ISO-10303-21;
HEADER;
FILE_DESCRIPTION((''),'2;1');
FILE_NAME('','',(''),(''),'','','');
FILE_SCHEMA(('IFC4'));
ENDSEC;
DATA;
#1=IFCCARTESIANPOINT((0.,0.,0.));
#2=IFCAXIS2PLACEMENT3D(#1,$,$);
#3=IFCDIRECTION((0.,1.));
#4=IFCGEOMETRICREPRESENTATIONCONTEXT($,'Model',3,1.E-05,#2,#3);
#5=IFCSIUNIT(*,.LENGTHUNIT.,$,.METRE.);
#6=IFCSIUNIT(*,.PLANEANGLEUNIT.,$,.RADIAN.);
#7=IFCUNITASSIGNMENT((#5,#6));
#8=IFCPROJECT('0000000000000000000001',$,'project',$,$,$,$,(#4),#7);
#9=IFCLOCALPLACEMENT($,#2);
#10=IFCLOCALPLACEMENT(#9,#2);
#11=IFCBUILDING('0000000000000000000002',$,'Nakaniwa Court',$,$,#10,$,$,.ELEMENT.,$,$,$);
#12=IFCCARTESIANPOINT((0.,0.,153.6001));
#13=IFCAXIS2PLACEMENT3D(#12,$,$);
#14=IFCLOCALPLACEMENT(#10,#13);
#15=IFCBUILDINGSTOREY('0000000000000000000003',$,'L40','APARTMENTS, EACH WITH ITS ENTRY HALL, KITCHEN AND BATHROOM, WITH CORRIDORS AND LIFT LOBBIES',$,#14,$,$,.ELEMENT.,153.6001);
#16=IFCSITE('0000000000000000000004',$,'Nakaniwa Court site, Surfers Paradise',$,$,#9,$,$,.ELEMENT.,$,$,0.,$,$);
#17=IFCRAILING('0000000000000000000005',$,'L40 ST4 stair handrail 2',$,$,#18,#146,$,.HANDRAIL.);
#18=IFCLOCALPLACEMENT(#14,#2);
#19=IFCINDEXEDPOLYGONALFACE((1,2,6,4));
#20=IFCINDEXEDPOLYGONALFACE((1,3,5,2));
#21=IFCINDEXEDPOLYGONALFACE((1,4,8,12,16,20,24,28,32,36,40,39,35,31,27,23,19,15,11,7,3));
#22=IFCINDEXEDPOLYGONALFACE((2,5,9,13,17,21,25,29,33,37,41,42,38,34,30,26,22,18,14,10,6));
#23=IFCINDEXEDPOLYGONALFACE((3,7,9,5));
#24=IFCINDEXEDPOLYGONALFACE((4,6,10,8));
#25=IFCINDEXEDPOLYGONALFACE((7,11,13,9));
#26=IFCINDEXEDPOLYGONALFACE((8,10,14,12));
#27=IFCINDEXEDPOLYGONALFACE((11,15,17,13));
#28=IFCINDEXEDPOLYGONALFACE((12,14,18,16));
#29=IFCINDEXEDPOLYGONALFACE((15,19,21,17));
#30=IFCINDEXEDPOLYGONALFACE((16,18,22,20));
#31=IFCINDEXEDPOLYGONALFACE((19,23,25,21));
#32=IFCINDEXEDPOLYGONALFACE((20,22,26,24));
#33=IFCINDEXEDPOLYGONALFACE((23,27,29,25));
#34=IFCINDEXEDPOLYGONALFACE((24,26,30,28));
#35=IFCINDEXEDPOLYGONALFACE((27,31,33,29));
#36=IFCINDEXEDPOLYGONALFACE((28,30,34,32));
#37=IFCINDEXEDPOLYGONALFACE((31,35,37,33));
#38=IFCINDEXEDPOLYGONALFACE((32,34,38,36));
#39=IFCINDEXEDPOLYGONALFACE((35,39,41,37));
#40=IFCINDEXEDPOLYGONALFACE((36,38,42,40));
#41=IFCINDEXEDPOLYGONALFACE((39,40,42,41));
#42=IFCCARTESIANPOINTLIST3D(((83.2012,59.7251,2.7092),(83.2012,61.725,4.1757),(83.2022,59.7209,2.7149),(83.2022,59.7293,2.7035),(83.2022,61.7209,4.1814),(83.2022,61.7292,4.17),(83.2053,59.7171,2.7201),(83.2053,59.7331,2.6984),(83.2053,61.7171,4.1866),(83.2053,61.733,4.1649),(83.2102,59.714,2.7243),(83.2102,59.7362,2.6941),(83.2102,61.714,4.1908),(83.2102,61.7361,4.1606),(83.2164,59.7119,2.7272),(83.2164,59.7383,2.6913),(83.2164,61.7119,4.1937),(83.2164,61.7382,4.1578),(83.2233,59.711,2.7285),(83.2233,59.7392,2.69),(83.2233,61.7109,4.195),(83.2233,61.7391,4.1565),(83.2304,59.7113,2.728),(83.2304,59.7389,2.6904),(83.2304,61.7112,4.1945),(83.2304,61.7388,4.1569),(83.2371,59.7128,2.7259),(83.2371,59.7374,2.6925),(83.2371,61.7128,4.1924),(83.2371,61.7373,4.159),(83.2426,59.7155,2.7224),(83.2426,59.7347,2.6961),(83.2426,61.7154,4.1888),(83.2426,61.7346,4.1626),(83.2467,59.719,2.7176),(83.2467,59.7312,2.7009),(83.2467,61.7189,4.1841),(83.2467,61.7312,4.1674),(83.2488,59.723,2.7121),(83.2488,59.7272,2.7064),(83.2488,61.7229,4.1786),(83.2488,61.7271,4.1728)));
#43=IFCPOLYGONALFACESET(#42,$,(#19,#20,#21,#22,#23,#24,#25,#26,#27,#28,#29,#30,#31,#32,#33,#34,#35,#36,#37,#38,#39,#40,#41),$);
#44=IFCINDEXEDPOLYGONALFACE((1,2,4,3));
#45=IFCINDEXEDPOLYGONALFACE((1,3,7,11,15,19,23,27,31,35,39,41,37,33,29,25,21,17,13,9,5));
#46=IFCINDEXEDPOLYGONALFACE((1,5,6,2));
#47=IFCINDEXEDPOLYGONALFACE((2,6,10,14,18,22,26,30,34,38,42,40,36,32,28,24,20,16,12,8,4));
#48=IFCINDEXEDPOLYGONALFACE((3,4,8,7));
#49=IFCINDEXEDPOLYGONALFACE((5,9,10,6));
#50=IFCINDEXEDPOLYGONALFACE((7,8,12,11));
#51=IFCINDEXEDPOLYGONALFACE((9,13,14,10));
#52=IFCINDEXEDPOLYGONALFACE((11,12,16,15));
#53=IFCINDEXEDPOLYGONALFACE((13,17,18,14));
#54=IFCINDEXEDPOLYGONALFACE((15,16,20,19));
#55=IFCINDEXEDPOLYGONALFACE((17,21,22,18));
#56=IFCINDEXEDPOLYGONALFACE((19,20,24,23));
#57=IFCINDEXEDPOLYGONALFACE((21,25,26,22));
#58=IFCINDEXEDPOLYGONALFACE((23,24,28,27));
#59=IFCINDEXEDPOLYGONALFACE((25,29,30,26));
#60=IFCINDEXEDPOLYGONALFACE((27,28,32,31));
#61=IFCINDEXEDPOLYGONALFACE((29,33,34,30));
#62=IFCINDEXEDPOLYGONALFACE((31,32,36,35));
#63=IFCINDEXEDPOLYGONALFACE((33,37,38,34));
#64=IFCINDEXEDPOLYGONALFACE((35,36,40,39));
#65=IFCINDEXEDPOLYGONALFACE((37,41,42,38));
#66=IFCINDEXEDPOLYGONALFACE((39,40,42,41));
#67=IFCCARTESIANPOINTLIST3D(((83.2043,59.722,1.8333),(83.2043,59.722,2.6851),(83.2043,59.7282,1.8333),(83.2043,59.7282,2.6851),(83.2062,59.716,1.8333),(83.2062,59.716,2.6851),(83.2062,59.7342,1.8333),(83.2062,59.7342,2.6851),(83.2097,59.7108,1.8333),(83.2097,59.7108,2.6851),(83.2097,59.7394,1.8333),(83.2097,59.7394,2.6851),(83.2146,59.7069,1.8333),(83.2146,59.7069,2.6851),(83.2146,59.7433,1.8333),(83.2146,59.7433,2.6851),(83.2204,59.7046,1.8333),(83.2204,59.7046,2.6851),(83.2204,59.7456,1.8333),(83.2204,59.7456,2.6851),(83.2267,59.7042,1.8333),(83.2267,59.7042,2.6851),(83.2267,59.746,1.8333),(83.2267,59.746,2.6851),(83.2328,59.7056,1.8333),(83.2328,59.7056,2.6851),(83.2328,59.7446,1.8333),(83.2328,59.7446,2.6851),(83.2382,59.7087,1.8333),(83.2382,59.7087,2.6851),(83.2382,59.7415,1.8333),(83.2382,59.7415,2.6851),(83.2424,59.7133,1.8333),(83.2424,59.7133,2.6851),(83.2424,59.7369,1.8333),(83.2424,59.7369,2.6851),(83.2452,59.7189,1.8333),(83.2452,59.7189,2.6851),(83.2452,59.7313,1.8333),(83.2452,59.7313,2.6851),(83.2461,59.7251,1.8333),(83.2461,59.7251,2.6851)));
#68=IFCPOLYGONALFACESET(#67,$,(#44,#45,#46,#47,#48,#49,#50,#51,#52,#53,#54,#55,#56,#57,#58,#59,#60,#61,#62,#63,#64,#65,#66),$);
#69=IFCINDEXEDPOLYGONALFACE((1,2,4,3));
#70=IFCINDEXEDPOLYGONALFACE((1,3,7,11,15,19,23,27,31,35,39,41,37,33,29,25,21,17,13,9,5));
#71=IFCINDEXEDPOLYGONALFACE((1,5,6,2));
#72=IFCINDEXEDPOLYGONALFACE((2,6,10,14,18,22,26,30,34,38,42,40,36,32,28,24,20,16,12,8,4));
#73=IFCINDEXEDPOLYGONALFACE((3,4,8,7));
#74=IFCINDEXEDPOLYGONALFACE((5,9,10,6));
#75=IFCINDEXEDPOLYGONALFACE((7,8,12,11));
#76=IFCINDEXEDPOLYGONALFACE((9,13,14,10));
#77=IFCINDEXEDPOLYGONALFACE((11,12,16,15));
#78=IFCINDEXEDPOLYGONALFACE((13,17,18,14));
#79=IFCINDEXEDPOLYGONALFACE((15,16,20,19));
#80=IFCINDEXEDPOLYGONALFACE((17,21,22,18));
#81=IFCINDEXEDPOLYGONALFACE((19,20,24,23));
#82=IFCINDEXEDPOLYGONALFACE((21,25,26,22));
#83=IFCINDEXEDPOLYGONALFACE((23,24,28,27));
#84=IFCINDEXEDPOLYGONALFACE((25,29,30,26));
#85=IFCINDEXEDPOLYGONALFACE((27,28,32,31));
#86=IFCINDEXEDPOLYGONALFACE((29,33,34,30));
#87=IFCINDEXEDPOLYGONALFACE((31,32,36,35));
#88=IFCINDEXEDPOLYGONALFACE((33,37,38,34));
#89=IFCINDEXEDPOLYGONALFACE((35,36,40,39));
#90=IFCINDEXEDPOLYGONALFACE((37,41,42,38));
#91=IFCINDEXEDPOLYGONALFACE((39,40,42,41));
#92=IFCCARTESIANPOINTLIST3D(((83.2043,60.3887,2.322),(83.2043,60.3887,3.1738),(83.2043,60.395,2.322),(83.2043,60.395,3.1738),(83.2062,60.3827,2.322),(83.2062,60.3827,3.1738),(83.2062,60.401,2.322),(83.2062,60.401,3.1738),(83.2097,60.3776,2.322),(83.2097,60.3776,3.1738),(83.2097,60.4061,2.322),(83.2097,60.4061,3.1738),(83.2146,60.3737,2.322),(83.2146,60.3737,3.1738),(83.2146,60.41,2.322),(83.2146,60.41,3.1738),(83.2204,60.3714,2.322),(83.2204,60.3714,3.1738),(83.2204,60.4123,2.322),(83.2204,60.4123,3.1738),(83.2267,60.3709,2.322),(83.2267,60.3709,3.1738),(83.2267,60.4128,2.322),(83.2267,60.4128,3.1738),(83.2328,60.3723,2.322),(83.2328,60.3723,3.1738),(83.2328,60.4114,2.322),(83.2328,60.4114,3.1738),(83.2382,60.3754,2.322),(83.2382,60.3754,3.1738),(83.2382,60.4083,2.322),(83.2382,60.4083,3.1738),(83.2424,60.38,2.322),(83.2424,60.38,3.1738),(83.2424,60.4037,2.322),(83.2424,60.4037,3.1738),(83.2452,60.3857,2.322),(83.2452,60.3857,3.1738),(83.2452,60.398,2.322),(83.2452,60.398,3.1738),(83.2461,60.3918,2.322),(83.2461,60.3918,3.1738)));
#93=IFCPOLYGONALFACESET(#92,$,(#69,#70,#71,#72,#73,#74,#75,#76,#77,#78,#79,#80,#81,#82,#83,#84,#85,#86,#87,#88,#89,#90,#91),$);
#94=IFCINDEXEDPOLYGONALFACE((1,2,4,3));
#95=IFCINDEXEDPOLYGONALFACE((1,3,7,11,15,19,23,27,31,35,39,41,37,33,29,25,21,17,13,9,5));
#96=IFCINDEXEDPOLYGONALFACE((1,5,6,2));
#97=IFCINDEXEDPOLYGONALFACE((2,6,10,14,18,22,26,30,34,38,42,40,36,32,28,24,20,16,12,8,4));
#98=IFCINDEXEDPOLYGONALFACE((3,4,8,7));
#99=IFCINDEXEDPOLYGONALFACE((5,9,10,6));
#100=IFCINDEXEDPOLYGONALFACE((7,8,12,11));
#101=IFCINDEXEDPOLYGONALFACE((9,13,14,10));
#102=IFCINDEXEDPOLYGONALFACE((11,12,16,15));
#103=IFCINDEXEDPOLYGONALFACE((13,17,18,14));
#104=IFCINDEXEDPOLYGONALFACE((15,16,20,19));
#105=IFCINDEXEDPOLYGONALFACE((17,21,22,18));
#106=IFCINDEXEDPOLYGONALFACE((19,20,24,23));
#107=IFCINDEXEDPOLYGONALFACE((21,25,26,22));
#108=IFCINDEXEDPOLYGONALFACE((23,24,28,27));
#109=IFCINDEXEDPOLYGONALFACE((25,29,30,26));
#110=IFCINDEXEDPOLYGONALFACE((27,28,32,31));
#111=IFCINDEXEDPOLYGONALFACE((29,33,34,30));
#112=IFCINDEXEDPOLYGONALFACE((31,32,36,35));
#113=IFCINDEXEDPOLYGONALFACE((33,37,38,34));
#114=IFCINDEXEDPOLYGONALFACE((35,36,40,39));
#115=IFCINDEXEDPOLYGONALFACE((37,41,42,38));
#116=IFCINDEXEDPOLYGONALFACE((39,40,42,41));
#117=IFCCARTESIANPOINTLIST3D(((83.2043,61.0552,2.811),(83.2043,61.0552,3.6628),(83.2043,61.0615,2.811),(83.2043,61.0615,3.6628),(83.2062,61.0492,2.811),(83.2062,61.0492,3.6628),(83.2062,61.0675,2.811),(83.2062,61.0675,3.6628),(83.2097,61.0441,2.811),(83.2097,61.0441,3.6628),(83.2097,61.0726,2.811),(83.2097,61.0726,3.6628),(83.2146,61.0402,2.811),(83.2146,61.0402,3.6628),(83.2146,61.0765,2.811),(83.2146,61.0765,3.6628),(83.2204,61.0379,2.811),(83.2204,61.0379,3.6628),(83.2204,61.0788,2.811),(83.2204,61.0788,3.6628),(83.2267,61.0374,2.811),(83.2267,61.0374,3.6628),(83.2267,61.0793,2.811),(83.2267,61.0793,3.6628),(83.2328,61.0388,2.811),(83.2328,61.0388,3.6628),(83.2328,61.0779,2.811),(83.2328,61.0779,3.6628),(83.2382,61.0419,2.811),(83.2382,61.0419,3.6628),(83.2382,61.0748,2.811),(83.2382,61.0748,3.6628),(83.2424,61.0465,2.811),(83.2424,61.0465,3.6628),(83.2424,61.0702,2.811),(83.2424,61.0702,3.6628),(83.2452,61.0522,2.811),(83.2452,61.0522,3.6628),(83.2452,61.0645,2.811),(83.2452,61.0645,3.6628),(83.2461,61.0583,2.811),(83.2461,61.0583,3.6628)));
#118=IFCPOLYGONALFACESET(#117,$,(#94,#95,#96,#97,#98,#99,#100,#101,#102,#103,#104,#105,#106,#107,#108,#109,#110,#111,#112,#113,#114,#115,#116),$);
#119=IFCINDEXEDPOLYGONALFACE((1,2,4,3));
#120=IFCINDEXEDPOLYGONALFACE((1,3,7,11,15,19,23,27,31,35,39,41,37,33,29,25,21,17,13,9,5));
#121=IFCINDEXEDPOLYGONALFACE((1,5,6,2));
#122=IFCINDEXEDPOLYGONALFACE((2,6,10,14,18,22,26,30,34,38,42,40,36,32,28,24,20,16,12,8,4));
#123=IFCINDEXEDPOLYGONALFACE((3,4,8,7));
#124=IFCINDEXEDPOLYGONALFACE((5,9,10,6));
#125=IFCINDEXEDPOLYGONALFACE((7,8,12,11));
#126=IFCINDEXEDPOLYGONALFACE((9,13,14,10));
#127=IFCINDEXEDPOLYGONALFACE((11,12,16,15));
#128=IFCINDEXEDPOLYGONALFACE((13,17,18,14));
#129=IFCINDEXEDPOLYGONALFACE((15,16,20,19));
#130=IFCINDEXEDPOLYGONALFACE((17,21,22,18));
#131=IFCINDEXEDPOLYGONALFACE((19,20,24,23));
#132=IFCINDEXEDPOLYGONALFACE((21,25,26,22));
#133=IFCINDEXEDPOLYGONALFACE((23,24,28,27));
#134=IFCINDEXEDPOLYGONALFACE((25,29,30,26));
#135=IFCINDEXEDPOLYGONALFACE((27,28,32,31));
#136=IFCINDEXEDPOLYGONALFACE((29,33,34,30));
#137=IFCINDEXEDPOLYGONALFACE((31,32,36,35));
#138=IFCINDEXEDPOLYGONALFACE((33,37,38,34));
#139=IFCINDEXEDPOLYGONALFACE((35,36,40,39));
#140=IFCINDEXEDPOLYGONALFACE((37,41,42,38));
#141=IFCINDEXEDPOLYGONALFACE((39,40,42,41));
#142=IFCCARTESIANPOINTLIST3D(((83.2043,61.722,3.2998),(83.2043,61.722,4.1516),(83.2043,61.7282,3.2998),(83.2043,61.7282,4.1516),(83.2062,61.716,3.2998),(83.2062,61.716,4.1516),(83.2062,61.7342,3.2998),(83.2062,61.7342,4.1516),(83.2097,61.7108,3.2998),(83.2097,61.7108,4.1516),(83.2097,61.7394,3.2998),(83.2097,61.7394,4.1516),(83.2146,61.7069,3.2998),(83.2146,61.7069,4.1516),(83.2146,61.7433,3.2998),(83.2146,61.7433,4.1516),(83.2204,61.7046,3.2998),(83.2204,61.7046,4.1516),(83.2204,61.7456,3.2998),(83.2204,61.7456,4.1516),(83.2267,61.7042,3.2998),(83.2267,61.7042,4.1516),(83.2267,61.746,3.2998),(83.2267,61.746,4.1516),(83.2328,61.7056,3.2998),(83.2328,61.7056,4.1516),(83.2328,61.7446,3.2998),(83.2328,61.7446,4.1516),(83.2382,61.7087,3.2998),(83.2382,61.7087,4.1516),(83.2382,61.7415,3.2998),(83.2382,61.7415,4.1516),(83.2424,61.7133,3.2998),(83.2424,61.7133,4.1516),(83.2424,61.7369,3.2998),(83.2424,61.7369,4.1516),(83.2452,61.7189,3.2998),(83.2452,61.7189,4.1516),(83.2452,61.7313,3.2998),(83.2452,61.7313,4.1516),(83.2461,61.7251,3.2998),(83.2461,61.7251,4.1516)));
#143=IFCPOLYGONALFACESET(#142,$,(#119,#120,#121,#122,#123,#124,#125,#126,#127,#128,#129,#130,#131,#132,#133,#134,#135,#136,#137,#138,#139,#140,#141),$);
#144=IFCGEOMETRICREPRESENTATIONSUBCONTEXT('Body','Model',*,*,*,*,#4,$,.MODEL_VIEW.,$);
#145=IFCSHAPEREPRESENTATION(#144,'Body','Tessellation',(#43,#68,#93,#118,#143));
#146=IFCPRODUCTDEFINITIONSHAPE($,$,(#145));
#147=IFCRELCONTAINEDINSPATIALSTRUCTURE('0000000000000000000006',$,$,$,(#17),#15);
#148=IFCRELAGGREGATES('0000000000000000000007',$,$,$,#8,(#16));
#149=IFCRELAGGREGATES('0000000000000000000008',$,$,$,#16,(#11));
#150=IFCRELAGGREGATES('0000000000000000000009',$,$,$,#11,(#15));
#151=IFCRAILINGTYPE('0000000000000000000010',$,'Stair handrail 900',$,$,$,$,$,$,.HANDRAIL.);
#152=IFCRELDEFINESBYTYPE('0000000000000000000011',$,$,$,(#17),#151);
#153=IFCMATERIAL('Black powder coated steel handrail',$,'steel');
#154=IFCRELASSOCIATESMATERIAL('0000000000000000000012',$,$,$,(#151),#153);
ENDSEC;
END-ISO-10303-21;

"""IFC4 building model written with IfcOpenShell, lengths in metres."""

from ifc_helpers import new_model, si_unit, direction, frame, origin, origin_2d, place, context, subcontext, project, spatial, circle, extrude, material, type_object, element, save


model = new_model("IFC4")

# Units and contexts
model_context = context("Model", 3, precision=1e-05, world=origin(), true_north=direction((0.0, 1.0)))
body_context = subcontext(model_context, "Body", "Model", "MODEL_VIEW")
ifc_project = project(units=[si_unit("LENGTHUNIT", "METRE"), si_unit("PLANEANGLEUNIT", "RADIAN")], contexts=[model_context])

# Site, building, storey
site_placement = place(None, origin())
site = spatial("IfcSite", under=ifc_project, at=site_placement, Name="Nakaniwa Court site, Surfers Paradise", CompositionType="ELEMENT", RefElevation=0.0)
building_placement = place(site_placement, origin())
building = spatial("IfcBuilding", under=site, at=building_placement, Name="Nakaniwa Court", CompositionType="ELEMENT")
storey_placement = place(building_placement, frame((0.0, 0.0, 153.6001)))
storey = spatial("IfcBuildingStorey", under=building, at=storey_placement, Name="L40", Description="APARTMENTS, EACH WITH ITS ENTRY HALL, KITCHEN AND BATHROOM, WITH CORRIDORS AND LIFT LOBBIES", CompositionType="ELEMENT", Elevation=153.6001)

# Railing
ifc_material_1 = material(Name="Black powder coated steel handrail", Category="steel")
railing_type_1 = type_object("IfcRailingType", Name="Stair handrail 900", PredefinedType="HANDRAIL", material=ifc_material_1)
railing_1_placement = place(storey_placement, frame((83.2251, 59.7251, 1.8333)))
element("IfcRailing", 1, at=railing_1_placement, inside=storey, type_object=railing_type_1, Name="L40 ST4 stair handrail 2", PredefinedType="HANDRAIL", context=body_context, shape_type="SweptSolid", body=[
    extrude(circle(Radius=0.0239, at=origin_2d()), frame((0.0, 0.0, 0.876), z_axis=(0.0, 0.806427, 0.591334), x_axis=(-1.0, 0.0, 0.0)), (0.0, 0.0, 1.0), 2.48),
    extrude(circle(Radius=0.021, at=origin_2d()), origin(), (0.0, 0.0, 1.0), 0.8518),
    extrude(circle(Radius=0.021, at=origin_2d()), frame((0.0, 0.6667, 0.4888)), (0.0, 0.0, 1.0), 0.8518),
    extrude(circle(Radius=0.021, at=origin_2d()), frame((0.0, 1.3333, 0.9778)), (0.0, 0.0, 1.0), 0.8518),
    extrude(circle(Radius=0.021, at=origin_2d()), frame((0.0, 2.0, 1.4666)), (0.0, 0.0, 1.0), 0.8518),
])

save(model, "model.ifc")
